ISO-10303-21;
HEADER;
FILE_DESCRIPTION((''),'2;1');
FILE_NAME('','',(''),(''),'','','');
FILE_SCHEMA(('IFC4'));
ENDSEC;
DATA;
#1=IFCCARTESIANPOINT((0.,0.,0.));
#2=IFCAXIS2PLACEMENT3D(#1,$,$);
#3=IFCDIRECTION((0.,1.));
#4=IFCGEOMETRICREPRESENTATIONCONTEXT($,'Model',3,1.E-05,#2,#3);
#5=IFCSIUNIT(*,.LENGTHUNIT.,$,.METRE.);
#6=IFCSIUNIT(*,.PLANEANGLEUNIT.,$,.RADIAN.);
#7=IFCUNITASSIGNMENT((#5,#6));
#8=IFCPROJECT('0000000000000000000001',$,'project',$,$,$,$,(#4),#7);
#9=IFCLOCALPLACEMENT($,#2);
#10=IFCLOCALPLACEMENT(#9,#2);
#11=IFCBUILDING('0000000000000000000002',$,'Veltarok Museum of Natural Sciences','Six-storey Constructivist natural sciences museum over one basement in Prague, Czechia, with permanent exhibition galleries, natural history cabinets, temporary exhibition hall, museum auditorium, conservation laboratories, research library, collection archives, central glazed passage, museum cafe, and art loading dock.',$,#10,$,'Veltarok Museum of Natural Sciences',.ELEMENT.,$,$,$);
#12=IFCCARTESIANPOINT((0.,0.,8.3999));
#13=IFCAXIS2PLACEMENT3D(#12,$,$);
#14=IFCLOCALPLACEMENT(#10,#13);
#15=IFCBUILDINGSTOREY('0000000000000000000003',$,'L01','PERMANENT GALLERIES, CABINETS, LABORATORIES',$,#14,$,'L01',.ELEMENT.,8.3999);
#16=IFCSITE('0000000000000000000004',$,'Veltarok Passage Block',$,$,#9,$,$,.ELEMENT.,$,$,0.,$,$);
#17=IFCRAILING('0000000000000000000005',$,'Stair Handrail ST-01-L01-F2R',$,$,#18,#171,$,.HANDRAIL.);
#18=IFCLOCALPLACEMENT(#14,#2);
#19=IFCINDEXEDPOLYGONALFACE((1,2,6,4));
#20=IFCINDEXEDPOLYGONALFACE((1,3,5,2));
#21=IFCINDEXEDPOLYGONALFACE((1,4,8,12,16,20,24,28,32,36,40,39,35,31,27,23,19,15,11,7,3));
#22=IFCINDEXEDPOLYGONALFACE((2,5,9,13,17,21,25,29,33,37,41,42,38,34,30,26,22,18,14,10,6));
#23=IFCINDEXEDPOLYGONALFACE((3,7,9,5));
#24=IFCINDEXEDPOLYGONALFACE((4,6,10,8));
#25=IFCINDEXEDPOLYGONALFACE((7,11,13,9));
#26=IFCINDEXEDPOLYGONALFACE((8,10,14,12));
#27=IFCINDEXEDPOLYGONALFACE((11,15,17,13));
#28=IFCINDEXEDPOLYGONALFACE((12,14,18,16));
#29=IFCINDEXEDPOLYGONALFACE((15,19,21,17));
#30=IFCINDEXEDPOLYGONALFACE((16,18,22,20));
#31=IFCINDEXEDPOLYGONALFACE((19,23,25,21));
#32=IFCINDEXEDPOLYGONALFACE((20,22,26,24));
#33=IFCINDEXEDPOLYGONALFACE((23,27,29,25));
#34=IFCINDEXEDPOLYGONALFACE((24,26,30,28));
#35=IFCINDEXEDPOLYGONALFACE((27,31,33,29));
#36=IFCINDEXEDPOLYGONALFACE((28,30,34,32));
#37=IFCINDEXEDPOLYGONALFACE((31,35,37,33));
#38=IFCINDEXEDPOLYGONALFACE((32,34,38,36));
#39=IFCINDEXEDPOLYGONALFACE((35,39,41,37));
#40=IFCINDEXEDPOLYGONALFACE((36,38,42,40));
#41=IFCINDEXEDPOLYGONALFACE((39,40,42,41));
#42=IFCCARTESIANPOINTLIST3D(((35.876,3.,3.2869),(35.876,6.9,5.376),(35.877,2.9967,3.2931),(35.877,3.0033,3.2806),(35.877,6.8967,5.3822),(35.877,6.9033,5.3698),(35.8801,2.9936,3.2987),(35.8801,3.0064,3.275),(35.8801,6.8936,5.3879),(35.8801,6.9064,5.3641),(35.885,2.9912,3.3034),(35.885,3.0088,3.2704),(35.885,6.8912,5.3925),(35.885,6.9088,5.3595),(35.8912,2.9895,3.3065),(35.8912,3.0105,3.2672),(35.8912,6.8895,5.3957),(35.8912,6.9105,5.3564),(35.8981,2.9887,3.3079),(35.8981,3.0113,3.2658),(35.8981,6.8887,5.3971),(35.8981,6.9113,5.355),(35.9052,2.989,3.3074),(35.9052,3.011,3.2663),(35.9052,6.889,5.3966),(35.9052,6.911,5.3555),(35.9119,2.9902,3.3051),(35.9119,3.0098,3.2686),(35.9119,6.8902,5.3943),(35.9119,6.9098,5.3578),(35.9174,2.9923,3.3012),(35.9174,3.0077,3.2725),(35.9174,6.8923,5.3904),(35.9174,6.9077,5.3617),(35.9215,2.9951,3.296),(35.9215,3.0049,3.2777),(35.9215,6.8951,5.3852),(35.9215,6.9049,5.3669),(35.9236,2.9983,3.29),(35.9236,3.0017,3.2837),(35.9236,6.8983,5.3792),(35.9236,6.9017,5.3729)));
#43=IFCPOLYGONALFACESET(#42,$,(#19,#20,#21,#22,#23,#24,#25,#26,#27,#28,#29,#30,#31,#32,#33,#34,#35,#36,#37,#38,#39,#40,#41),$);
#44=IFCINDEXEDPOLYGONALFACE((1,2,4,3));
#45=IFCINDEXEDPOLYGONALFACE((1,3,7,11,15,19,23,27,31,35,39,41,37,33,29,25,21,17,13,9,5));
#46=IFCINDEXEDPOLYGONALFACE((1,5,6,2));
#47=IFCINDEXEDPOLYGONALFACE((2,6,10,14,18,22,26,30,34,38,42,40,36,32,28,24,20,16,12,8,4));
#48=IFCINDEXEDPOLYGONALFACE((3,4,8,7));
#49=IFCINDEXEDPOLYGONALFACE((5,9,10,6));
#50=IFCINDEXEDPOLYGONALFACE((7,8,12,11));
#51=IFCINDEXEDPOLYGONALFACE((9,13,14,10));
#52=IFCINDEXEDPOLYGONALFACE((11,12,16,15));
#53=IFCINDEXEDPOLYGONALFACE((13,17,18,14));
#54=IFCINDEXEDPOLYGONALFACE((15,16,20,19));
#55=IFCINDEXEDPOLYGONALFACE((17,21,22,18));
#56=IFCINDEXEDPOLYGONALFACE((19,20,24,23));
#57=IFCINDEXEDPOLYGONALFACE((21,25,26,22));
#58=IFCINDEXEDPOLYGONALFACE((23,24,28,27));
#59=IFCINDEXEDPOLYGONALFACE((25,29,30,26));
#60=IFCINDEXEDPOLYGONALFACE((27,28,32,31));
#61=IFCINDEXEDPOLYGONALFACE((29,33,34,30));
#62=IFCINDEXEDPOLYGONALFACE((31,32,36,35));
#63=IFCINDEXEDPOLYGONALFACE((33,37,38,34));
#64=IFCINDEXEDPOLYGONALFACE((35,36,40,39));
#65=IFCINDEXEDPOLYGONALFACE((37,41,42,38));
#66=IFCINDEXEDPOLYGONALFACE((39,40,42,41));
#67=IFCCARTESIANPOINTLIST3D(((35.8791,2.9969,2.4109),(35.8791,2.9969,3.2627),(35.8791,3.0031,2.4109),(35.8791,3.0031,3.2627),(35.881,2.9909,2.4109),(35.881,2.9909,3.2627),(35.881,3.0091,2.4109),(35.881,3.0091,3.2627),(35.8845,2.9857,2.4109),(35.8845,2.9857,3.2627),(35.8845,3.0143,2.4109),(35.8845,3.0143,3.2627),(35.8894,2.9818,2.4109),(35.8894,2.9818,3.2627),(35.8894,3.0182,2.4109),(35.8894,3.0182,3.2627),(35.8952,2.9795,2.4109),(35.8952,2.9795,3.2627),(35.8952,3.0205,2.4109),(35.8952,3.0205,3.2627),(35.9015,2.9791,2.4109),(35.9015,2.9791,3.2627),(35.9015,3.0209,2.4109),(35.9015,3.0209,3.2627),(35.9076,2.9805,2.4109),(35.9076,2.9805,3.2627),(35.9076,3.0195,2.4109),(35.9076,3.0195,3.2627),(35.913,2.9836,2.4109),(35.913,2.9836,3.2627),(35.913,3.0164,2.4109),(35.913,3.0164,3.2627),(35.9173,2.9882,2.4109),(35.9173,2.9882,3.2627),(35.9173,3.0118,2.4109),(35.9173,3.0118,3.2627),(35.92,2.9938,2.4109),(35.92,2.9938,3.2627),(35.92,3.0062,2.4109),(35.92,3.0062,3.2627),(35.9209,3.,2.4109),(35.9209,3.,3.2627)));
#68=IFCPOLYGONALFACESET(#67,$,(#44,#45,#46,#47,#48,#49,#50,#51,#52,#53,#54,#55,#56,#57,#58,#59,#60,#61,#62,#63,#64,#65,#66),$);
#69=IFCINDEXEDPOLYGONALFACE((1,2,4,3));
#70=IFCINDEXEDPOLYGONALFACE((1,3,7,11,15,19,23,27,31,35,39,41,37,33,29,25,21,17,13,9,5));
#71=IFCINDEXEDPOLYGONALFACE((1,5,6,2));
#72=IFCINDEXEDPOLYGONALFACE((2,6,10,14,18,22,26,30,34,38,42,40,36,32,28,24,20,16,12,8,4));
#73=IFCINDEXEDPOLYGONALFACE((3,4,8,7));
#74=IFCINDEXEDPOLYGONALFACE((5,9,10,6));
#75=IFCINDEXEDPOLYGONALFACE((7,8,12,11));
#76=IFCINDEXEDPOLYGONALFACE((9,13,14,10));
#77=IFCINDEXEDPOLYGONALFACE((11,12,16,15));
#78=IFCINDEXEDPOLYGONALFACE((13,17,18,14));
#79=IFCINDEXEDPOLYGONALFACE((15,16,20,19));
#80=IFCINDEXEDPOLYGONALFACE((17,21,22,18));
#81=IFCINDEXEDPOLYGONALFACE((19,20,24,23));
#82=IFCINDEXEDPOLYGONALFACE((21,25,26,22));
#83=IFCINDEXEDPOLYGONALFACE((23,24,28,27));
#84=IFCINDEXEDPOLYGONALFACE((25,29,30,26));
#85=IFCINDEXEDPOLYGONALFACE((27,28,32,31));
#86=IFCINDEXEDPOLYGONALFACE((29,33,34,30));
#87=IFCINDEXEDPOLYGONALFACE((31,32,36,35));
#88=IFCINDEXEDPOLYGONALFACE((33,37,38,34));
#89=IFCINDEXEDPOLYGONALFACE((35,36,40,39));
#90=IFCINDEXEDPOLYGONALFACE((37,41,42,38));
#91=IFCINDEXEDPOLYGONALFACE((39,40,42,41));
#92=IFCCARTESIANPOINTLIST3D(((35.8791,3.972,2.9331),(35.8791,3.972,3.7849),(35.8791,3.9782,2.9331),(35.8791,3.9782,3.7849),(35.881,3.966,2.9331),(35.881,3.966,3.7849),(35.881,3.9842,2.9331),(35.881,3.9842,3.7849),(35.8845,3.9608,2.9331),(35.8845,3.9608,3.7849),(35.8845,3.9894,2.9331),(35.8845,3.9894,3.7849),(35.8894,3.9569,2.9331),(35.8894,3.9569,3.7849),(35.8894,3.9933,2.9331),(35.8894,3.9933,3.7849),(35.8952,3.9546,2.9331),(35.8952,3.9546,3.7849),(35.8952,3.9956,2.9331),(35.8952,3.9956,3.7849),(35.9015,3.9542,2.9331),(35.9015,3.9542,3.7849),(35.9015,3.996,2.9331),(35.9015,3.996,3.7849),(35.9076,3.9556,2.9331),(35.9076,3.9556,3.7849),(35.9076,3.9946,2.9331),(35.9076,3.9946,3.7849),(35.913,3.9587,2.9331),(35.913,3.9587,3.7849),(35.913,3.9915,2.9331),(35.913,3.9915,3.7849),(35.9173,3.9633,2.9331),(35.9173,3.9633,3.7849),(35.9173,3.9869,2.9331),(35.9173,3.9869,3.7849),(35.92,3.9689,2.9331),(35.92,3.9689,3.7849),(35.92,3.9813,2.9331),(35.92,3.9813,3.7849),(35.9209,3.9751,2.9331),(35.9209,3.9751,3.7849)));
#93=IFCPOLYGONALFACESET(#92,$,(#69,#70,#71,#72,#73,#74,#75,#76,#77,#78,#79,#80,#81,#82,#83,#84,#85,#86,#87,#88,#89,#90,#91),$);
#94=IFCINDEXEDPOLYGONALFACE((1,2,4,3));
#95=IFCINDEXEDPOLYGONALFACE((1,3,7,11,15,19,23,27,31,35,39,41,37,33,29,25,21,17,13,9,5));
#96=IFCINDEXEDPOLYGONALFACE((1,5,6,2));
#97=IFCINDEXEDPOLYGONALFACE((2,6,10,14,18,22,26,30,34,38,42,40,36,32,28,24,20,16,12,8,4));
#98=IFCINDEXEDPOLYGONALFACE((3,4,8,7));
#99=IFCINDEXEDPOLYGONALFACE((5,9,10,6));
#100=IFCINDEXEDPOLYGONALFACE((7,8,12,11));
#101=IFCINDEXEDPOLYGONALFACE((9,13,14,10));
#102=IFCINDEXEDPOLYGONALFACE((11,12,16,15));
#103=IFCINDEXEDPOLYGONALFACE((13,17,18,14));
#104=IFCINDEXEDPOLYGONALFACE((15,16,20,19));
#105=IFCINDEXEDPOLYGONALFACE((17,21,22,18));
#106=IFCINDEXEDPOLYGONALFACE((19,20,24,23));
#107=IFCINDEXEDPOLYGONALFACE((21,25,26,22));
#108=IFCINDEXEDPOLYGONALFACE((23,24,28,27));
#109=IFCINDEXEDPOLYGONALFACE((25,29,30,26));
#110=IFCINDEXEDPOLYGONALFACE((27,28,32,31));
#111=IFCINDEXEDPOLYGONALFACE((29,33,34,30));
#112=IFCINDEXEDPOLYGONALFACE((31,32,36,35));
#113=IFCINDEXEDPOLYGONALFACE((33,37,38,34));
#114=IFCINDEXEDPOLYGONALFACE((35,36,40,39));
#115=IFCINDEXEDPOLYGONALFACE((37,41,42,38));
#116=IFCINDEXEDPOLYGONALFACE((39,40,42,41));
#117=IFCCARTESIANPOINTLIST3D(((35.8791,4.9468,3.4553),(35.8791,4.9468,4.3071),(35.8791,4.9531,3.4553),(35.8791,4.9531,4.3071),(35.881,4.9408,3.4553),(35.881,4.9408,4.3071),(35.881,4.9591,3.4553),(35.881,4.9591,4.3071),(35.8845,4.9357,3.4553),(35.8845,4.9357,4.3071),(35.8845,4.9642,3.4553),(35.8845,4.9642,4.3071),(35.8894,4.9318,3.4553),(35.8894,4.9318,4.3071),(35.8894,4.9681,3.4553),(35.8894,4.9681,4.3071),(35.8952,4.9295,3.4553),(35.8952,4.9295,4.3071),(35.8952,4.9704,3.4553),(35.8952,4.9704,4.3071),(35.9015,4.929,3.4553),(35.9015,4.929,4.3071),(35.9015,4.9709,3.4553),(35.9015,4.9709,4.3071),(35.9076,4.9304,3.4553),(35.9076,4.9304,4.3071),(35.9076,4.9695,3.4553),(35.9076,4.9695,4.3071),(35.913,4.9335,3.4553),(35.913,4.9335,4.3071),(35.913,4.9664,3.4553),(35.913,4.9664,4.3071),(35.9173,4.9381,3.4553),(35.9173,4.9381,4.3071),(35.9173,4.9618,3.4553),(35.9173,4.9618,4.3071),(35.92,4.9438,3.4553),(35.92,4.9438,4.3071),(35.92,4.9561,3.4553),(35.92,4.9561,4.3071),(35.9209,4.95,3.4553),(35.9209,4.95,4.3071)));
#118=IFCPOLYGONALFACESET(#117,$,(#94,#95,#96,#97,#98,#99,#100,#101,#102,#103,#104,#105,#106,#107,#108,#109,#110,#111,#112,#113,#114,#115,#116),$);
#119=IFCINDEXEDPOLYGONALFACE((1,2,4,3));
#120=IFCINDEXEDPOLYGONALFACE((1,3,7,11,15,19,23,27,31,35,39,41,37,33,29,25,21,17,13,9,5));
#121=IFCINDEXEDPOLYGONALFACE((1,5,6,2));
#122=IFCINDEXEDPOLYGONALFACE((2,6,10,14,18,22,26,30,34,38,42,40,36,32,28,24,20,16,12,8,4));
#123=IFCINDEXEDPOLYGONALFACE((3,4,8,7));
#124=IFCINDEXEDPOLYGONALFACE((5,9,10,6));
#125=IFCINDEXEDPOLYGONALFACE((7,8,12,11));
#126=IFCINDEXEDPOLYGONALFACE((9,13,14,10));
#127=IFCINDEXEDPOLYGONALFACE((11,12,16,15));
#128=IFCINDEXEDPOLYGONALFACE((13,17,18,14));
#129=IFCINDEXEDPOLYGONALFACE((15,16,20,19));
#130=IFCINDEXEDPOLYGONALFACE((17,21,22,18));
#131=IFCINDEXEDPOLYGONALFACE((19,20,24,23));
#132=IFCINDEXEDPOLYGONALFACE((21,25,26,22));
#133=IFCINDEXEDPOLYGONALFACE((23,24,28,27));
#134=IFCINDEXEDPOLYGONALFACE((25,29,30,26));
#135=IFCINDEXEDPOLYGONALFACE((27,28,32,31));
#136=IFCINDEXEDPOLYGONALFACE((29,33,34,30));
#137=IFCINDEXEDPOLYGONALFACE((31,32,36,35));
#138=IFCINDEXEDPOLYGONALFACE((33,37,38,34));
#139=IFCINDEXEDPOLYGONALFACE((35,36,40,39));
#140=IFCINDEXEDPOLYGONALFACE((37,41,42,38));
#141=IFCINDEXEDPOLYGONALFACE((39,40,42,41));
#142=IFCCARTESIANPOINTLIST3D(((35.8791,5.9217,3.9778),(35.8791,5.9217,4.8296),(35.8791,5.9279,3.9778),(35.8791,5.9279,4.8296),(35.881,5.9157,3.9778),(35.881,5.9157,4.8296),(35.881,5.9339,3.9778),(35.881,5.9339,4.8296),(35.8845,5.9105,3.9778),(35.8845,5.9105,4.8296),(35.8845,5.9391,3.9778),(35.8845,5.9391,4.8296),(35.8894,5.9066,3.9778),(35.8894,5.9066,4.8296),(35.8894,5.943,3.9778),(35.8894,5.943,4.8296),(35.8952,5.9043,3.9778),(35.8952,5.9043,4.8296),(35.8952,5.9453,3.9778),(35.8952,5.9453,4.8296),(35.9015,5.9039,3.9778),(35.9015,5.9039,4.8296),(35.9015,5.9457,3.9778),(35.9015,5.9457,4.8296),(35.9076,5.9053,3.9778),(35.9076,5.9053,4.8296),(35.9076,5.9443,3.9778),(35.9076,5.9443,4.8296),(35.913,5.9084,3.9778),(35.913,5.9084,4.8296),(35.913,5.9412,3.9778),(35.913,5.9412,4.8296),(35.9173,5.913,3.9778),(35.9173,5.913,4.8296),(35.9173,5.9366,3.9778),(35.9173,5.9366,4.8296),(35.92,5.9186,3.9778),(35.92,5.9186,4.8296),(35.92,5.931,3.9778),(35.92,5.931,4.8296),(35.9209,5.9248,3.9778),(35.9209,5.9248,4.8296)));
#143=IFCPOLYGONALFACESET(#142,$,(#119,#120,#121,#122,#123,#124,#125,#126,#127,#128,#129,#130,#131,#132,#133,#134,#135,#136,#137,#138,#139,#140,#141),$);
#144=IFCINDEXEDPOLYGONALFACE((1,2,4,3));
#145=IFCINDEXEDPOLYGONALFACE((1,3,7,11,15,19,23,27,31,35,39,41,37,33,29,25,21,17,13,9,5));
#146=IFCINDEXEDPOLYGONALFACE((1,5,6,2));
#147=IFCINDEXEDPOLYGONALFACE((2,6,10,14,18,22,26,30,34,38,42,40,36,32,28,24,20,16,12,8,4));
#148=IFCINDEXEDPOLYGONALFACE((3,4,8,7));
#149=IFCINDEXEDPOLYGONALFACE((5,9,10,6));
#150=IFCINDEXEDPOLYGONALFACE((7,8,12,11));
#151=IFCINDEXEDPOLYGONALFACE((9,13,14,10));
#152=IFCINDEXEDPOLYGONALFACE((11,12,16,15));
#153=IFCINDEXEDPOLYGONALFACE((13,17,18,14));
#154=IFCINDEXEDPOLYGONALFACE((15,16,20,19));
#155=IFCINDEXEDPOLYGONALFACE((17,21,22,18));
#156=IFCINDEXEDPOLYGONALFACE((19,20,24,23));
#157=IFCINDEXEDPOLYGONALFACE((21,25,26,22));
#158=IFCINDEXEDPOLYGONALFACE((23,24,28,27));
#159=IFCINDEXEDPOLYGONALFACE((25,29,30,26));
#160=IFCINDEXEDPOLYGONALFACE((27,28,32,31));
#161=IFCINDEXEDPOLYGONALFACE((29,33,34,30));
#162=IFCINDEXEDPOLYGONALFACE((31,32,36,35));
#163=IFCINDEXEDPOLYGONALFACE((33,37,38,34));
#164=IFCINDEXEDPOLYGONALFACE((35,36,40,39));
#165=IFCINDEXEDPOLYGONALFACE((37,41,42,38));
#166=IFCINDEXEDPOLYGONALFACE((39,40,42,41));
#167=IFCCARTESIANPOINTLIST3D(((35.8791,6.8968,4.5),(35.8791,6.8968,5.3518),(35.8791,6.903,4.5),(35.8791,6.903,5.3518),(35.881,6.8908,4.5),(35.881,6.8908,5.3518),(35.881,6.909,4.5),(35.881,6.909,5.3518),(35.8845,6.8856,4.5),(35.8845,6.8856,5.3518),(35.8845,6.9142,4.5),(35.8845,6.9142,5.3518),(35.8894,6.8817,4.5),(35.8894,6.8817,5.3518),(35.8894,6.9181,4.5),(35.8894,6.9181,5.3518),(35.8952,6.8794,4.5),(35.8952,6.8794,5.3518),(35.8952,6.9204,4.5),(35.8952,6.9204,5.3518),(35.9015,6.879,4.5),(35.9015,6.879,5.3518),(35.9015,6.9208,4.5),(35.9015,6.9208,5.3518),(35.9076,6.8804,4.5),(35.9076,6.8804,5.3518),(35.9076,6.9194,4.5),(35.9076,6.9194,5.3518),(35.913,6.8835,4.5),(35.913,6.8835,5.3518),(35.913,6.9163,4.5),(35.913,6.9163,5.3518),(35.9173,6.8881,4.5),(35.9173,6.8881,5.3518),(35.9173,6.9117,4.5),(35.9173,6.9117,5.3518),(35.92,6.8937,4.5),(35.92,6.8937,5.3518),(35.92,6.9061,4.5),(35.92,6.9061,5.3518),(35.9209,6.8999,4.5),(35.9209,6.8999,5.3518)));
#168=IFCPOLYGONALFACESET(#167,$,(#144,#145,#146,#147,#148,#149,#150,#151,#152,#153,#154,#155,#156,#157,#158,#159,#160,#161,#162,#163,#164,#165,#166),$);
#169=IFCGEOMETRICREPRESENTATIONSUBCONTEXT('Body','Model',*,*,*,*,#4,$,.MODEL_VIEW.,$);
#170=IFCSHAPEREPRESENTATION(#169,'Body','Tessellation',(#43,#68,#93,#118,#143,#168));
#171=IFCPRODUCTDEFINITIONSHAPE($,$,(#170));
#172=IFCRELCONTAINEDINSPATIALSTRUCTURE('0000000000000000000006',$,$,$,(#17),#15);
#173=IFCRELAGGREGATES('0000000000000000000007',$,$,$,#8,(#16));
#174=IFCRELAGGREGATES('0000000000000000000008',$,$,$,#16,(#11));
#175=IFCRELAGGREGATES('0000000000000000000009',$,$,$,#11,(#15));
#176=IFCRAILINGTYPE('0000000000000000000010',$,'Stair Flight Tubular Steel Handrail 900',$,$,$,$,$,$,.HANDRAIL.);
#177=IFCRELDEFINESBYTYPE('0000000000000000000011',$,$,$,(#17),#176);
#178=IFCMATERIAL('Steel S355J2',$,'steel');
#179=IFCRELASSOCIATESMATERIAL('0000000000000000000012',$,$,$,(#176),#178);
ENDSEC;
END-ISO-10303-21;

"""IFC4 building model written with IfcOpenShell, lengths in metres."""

from ifc_helpers import new_model, si_unit, direction, frame, origin, origin_2d, place, context, subcontext, project, spatial, circle, extrude, material, type_object, element, save


model = new_model("IFC4")

# Units and contexts
model_context = context("Model", 3, precision=1e-05, world=origin(), true_north=direction((0.0, 1.0)))
body_context = subcontext(model_context, "Body", "Model", "MODEL_VIEW")
ifc_project = project(units=[si_unit("LENGTHUNIT", "METRE"), si_unit("PLANEANGLEUNIT", "RADIAN")], contexts=[model_context])

# Site, building, storey
site_placement = place(None, origin())
site = spatial("IfcSite", under=ifc_project, at=site_placement, Name="Veltarok Passage Block", CompositionType="ELEMENT", RefElevation=0.0)
building_placement = place(site_placement, origin())
building = spatial("IfcBuilding", under=site, at=building_placement, Name="Veltarok Museum of Natural Sciences", Description="Six-storey Constructivist natural sciences museum over one basement in Prague, Czechia, with permanent exhibition galleries, natural history cabinets, temporary exhibition hall, museum auditorium, conservation laboratories, research library, collection archives, central glazed passage, museum cafe, and art loading dock.", LongName="Veltarok Museum of Natural Sciences", CompositionType="ELEMENT")
storey_placement = place(building_placement, frame((0.0, 0.0, 8.3999)))
storey = spatial("IfcBuildingStorey", under=building, at=storey_placement, Name="L01", Description="PERMANENT GALLERIES, CABINETS, LABORATORIES", LongName="L01", CompositionType="ELEMENT", Elevation=8.3999)

# Shared definitions
ifc_material_1 = material(Name="Steel S355J2", Category="steel")

# Railing
railing_type_1 = type_object("IfcRailingType", Name="Stair Flight Tubular Steel Handrail 900", PredefinedType="HANDRAIL", material=ifc_material_1)
for number, where, name in (
    (1, (35.8999, 3.0, 2.4109), "Stair Handrail ST-01-L01-F2R"),
):
    element("IfcRailing", number, at=place(storey_placement, frame(where)), inside=storey, type_object=railing_type_1, Name=name, PredefinedType="HANDRAIL", context=body_context, shape_type="SweptSolid", body=[
        extrude(circle(Radius=0.0239, at=origin_2d()), frame((0.0, 0.0, 0.876), z_axis=(0.0, 0.881491, 0.4722), x_axis=(-1.0, 0.0, 0.0)), (0.0, 0.0, 1.0), 4.4243),
        extrude(circle(Radius=0.021, at=origin_2d()), origin(), (0.0, 0.0, 1.0), 0.8518),
        extrude(circle(Radius=0.021, at=origin_2d()), frame((0.0, 0.9751, 0.5222)), (0.0, 0.0, 1.0), 0.8518),
        extrude(circle(Radius=0.021, at=origin_2d()), frame((0.0, 1.95, 1.0444)), (0.0, 0.0, 1.0), 0.8518),
        extrude(circle(Radius=0.021, at=origin_2d()), frame((0.0, 2.9248, 1.5669)), (0.0, 0.0, 1.0), 0.8518),
        extrude(circle(Radius=0.021, at=origin_2d()), frame((0.0, 3.8999, 2.0891)), (0.0, 0.0, 1.0), 0.8518),
    ])

save(model, "model.ifc")
